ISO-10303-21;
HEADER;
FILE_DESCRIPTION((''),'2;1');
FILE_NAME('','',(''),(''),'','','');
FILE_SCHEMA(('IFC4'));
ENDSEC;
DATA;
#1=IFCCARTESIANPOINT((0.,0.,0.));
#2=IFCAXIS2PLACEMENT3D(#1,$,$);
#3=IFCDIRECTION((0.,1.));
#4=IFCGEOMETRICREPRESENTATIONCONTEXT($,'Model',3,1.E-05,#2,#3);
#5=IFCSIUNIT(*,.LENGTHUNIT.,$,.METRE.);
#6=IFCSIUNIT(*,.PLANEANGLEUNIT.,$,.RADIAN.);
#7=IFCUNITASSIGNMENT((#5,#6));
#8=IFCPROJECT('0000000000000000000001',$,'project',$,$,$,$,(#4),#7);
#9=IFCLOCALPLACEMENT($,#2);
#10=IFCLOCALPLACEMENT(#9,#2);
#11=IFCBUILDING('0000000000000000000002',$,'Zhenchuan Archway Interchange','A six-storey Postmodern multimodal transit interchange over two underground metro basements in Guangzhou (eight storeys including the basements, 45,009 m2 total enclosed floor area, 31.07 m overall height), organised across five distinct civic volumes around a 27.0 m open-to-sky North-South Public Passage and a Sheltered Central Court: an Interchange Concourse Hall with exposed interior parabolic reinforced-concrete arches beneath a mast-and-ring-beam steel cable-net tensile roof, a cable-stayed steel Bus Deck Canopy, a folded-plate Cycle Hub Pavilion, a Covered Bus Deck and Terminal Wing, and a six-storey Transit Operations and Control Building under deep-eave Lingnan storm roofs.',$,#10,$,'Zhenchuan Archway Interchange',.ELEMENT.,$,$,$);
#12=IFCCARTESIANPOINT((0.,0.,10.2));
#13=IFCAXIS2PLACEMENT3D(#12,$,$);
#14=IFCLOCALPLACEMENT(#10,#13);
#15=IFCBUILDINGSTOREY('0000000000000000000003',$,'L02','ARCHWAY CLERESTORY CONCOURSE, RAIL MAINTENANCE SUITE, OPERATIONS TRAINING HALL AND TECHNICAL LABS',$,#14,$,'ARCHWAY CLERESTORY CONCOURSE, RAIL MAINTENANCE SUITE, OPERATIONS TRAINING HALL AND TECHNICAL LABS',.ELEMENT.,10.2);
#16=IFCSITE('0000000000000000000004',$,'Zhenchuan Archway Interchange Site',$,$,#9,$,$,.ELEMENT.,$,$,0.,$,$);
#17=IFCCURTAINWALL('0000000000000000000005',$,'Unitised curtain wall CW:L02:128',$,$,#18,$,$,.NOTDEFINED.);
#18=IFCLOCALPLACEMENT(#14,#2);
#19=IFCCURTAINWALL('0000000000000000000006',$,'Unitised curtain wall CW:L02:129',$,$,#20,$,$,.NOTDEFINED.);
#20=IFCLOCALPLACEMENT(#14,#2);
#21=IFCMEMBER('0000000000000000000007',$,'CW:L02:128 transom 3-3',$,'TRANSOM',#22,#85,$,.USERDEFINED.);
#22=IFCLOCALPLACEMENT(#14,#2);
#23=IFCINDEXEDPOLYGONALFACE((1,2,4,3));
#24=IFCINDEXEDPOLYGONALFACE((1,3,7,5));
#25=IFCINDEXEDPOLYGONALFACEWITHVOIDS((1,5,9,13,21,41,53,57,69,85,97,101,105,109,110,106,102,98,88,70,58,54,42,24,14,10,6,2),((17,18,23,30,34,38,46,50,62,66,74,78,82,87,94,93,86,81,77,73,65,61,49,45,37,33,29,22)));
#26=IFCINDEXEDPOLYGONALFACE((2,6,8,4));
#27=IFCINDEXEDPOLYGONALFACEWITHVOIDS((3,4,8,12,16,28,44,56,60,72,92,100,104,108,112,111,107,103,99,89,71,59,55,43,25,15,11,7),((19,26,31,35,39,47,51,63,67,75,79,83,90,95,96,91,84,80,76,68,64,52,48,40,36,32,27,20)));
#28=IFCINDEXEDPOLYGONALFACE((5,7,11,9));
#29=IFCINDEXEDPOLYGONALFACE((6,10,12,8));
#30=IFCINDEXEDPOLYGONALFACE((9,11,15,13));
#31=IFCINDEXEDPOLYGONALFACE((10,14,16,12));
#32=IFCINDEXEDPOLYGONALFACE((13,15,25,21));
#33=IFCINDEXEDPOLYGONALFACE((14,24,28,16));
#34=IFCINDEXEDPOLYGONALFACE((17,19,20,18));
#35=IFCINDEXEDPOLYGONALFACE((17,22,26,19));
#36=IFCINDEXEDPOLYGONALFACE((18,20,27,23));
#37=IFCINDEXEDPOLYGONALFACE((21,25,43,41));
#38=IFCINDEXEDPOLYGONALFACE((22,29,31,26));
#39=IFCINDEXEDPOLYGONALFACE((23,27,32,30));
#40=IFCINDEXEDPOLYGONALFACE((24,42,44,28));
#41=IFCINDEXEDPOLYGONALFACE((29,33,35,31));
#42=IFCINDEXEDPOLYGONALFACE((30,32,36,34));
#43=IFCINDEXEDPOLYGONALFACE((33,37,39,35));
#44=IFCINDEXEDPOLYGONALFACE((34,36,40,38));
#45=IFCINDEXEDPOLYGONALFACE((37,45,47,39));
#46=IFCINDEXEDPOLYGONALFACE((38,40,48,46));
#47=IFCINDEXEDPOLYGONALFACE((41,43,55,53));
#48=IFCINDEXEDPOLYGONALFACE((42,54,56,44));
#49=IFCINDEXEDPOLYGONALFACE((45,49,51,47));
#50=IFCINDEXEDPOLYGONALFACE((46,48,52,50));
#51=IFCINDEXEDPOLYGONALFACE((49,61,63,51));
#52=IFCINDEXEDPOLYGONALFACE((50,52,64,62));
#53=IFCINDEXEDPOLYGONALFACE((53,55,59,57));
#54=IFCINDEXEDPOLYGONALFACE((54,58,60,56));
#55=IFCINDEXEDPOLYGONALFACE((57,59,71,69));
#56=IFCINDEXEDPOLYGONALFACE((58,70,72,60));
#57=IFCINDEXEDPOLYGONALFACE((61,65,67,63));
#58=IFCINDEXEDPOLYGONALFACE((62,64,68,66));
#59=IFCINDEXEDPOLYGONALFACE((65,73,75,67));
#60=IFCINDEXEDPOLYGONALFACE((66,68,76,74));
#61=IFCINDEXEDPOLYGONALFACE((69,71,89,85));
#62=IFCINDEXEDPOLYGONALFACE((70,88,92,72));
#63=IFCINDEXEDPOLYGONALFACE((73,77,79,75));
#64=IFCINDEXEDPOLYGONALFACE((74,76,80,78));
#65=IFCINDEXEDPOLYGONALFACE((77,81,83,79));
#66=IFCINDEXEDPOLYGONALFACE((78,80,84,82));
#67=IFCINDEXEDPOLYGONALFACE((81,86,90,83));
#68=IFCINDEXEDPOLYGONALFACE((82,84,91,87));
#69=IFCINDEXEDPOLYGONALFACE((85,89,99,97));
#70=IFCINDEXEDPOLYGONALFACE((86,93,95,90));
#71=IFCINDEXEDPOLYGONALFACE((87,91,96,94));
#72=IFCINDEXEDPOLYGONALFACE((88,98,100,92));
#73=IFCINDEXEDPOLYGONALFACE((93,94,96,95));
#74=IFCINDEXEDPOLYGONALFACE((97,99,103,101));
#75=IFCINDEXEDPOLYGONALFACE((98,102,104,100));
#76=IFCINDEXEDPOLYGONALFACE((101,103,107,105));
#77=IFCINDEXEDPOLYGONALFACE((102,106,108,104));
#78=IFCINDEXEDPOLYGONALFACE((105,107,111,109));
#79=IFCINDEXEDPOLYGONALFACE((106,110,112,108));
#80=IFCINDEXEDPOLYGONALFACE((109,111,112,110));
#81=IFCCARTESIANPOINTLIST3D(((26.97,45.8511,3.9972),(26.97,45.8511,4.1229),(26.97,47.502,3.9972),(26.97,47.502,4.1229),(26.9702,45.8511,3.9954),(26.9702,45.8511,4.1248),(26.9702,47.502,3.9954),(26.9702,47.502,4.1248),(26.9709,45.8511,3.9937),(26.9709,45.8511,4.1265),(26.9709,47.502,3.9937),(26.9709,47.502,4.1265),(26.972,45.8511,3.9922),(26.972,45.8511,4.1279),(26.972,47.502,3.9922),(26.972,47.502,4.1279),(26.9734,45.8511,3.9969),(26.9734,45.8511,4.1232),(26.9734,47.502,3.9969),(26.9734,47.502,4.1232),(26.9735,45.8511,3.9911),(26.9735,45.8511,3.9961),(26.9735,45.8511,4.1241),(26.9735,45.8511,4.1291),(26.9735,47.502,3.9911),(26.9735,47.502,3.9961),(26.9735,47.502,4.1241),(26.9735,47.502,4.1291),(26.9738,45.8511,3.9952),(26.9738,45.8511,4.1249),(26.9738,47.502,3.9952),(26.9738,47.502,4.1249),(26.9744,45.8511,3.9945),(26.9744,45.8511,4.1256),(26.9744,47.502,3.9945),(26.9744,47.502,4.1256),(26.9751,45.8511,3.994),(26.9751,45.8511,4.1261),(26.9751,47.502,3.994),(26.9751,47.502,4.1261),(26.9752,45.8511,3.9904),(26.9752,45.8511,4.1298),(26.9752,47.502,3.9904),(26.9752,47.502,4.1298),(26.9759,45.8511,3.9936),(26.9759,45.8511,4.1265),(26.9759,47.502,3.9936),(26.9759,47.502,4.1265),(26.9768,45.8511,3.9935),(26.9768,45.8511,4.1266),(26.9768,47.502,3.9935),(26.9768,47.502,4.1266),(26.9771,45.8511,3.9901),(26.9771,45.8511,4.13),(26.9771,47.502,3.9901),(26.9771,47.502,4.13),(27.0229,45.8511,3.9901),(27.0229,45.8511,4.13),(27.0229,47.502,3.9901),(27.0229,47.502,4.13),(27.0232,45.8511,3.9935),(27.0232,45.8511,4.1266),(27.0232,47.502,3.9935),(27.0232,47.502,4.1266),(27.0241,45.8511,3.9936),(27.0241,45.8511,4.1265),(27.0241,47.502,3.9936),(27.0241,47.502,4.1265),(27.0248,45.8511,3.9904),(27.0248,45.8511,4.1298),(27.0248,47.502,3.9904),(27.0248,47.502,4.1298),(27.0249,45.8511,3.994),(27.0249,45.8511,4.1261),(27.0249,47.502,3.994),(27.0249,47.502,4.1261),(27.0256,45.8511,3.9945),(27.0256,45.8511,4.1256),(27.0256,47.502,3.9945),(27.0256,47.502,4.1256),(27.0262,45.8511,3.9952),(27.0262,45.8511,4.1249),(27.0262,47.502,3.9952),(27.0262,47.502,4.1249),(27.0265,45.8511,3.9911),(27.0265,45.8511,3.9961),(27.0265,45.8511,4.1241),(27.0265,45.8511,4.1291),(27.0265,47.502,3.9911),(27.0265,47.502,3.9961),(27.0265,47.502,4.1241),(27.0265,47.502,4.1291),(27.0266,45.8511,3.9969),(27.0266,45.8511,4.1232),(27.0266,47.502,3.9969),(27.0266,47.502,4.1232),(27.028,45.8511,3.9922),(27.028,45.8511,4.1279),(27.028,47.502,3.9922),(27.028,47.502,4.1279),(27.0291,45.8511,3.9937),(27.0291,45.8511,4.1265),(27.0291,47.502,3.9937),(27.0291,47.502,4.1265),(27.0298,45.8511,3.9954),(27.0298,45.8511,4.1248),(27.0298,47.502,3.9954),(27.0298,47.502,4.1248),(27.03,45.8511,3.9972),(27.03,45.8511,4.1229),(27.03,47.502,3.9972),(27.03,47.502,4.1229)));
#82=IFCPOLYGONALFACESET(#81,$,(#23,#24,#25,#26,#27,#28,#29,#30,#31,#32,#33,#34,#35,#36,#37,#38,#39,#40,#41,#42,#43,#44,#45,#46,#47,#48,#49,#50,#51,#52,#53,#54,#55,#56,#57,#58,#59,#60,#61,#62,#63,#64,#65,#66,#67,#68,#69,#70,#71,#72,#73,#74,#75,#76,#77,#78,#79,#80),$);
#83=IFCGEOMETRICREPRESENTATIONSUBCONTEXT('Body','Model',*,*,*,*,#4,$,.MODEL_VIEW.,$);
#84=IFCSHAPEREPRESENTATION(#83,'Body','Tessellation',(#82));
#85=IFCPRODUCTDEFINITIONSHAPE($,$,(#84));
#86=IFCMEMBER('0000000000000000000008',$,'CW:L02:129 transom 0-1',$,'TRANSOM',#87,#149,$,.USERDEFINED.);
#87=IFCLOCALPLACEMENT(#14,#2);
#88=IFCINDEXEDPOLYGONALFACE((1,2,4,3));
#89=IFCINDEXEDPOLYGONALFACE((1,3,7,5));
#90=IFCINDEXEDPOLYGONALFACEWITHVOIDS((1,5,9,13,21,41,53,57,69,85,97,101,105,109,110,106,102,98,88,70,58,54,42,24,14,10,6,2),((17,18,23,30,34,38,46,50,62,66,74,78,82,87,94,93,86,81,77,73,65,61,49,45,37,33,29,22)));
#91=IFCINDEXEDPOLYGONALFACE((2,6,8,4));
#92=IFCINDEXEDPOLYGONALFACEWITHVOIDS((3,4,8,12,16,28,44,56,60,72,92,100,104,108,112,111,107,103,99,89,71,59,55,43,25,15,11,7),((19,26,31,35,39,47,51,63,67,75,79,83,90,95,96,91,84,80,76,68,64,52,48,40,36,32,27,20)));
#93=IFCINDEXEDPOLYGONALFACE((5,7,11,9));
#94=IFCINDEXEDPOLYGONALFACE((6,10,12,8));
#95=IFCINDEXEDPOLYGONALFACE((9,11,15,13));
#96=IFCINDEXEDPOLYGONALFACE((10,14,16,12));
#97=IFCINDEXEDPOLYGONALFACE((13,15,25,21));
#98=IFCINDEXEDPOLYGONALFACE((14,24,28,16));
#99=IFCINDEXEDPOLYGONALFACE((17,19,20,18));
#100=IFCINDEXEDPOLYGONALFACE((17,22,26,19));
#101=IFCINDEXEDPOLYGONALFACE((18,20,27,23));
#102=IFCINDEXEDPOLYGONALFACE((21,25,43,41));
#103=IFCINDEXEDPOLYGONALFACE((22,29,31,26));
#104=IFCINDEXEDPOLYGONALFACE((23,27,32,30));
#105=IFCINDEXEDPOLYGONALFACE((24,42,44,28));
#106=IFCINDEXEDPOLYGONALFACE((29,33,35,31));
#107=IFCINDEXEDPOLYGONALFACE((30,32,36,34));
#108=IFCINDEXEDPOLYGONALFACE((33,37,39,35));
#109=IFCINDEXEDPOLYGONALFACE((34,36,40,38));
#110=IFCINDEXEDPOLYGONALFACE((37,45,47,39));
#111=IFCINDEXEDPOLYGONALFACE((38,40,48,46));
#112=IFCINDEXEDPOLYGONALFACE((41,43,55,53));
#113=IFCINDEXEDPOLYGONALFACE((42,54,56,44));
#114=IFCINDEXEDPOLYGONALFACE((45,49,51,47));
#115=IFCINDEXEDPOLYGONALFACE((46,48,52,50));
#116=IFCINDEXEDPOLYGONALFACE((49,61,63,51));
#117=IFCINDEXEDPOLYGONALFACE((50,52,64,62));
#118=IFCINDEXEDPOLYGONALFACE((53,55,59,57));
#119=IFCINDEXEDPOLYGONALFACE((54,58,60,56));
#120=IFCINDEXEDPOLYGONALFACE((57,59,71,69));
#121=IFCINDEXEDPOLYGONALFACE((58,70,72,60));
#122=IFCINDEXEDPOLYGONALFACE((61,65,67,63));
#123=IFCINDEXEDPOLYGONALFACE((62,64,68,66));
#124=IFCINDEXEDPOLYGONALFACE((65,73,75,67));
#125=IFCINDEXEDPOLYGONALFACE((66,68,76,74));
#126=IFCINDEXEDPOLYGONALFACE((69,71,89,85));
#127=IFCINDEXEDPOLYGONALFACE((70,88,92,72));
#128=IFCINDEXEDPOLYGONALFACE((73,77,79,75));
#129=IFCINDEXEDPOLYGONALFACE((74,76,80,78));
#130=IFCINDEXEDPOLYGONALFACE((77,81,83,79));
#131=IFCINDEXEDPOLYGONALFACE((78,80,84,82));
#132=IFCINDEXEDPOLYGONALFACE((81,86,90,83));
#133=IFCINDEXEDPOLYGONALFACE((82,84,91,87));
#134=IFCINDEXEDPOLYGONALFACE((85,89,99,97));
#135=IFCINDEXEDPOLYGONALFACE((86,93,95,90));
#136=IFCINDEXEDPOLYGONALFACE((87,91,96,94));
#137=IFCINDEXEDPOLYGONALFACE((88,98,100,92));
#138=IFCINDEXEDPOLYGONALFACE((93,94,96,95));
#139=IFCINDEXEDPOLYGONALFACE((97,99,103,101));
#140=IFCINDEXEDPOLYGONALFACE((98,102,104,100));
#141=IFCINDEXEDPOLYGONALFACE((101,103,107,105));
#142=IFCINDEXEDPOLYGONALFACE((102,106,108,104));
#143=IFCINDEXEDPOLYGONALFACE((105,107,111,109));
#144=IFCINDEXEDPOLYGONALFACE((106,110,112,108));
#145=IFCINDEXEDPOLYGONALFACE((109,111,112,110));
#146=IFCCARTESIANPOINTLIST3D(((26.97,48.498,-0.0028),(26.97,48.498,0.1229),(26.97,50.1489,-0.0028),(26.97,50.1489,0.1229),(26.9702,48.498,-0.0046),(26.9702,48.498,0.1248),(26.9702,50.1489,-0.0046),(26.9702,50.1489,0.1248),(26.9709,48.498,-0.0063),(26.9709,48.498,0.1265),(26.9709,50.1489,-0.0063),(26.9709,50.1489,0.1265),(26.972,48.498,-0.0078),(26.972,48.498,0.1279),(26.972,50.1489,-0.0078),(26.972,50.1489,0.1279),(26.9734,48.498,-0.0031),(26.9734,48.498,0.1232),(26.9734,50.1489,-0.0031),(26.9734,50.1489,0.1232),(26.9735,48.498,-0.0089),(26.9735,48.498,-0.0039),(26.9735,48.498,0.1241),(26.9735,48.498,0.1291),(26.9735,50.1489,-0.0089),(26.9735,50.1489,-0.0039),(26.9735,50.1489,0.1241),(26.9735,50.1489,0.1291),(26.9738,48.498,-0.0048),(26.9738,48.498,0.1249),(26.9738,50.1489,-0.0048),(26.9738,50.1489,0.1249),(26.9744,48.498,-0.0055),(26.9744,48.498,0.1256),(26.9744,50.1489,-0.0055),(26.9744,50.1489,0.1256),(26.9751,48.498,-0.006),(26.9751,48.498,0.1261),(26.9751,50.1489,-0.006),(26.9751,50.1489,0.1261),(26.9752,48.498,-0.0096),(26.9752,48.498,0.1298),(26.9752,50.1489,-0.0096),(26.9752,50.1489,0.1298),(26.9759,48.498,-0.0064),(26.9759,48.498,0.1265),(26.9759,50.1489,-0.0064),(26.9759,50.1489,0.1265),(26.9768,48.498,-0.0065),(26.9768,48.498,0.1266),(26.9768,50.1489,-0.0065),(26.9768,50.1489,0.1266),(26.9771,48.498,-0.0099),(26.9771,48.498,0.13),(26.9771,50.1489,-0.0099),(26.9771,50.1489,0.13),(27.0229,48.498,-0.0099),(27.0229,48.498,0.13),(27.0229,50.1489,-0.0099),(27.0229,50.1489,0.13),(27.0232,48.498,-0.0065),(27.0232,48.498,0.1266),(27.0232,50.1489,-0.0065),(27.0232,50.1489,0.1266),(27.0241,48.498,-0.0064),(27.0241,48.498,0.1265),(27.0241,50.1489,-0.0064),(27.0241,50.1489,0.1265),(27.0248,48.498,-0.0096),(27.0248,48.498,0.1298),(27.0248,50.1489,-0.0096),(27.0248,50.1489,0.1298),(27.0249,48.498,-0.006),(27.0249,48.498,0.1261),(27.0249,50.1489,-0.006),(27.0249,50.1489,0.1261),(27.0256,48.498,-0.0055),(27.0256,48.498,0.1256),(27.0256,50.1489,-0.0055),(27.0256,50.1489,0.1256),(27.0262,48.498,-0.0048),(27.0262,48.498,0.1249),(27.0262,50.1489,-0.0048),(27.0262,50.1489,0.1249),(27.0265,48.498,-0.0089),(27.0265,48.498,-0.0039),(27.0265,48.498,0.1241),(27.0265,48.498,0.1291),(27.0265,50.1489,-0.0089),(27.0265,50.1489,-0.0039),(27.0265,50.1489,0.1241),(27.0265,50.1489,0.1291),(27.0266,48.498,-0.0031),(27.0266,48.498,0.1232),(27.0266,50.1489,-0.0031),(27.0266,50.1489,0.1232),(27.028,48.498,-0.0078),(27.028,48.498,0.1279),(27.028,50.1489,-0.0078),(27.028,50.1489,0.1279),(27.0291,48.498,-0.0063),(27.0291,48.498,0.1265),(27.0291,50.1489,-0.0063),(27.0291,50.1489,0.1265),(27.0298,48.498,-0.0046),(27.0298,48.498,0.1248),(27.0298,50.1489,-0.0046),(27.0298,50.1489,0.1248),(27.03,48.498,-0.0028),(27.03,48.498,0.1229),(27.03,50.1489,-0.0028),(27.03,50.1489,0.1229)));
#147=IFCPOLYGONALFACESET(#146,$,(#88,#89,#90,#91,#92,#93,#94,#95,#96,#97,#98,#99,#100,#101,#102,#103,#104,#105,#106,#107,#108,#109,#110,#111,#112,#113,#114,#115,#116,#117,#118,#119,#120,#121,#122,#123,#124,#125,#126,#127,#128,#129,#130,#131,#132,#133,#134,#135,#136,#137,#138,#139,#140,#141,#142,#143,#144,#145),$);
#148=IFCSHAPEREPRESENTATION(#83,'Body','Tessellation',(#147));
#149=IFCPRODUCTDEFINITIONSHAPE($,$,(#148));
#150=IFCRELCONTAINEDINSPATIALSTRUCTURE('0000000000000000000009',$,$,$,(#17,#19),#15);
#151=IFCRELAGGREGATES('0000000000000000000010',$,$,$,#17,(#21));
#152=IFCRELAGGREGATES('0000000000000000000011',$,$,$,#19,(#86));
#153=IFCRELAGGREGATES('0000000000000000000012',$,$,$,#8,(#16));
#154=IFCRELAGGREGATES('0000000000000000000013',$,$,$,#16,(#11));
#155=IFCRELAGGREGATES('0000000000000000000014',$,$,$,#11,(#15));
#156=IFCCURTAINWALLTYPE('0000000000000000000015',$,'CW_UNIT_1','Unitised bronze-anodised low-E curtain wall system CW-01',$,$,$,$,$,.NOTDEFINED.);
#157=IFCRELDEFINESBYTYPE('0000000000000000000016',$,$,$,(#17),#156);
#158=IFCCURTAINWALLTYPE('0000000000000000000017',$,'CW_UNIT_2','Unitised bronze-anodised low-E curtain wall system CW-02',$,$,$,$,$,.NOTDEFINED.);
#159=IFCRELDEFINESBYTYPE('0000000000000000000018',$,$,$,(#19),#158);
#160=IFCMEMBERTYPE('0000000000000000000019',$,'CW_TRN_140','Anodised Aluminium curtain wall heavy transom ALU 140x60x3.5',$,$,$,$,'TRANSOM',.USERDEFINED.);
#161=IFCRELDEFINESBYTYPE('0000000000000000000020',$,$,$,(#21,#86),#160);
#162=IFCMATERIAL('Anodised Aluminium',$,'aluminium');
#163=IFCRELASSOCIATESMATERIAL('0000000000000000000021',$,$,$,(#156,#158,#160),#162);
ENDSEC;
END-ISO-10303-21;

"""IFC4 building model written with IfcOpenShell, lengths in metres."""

from ifc_helpers import new_model, si_unit, direction, frame, origin, origin_2d, place, context, subcontext, project, spatial, hollow_rectangle, extrude, material, material_profile, profile_set, type_object, element, aggregate, save


model = new_model("IFC4")

# Units and contexts
model_context = context("Model", 3, precision=1e-05, world=origin(), true_north=direction((0.0, 1.0)))
body_context = subcontext(model_context, "Body", "Model", "MODEL_VIEW")
ifc_project = project(units=[si_unit("LENGTHUNIT", "METRE"), si_unit("PLANEANGLEUNIT", "RADIAN")], contexts=[model_context])

# Site, building, storey
site_placement = place(None, origin())
site = spatial("IfcSite", under=ifc_project, at=site_placement, Name="Zhenchuan Archway Interchange Site", CompositionType="ELEMENT", RefElevation=0.0)
building_placement = place(site_placement, origin())
building = spatial("IfcBuilding", under=site, at=building_placement, Name="Zhenchuan Archway Interchange", Description="A six-storey Postmodern multimodal transit interchange over two underground metro basements in Guangzhou (eight storeys including the basements, 45,009 m2 total enclosed floor area, 31.07 m overall height), organised across five distinct civic volumes around a 27.0 m open-to-sky North-South Public Passage and a Sheltered Central Court: an Interchange Concourse Hall with exposed interior parabolic reinforced-concrete arches beneath a mast-and-ring-beam steel cable-net tensile roof, a cable-stayed steel Bus Deck Canopy, a folded-plate Cycle Hub Pavilion, a Covered Bus Deck and Terminal Wing, and a six-storey Transit Operations and Control Building under deep-eave Lingnan storm roofs.", LongName="Zhenchuan Archway Interchange", CompositionType="ELEMENT")
storey_placement = place(building_placement, frame((0.0, 0.0, 10.2)))
storey = spatial("IfcBuildingStorey", under=building, at=storey_placement, Name="L02", Description="ARCHWAY CLERESTORY CONCOURSE, RAIL MAINTENANCE SUITE, OPERATIONS TRAINING HALL AND TECHNICAL LABS", LongName="ARCHWAY CLERESTORY CONCOURSE, RAIL MAINTENANCE SUITE, OPERATIONS TRAINING HALL AND TECHNICAL LABS", CompositionType="ELEMENT", Elevation=10.2)

# Curtain wall
ifc_material_1 = material(Name="Anodised Aluminium", Category="aluminium")
curtain_wall_type_1 = type_object("IfcCurtainWallType", Name="CW_UNIT_1", Description="Unitised bronze-anodised low-E curtain wall system CW-01", PredefinedType="NOTDEFINED", material=ifc_material_1)
curtain_wall_1_placement = place(storey_placement, origin())
curtain_wall_1 = element("IfcCurtainWall", 1, at=curtain_wall_1_placement, inside=storey, type_object=curtain_wall_type_1, Name="Unitised curtain wall CW:L02:128", PredefinedType="NOTDEFINED")

# Curtain wall
curtain_wall_type_2 = type_object("IfcCurtainWallType", Name="CW_UNIT_2", Description="Unitised bronze-anodised low-E curtain wall system CW-02", PredefinedType="NOTDEFINED", material=ifc_material_1)
curtain_wall_2_placement = place(storey_placement, origin())
curtain_wall_2 = element("IfcCurtainWall", 2, at=curtain_wall_2_placement, inside=storey, type_object=curtain_wall_type_2, Name="Unitised curtain wall CW:L02:129", PredefinedType="NOTDEFINED")

# Members
ifc_material_profile_1 = material_profile(ifc_material_1, hollow_rectangle(XDim=0.0601, YDim=0.1399, WallThickness=0.0034, InnerFilletRadius=0.0034, OuterFilletRadius=0.0071, at=origin_2d()), Name="ALU 140x60x3.5")
ifc_profile_set_1 = profile_set([ifc_material_profile_1], Name="Anodised Aluminium")
member_type_1 = type_object("IfcMemberType", Name="CW_TRN_140", Description="Anodised Aluminium curtain wall heavy transom ALU 140x60x3.5", ElementType="TRANSOM", PredefinedType="USERDEFINED", material=ifc_profile_set_1)
member_1_placement = place(storey_placement, frame((27.0, 45.8511, 4.0601), z_axis=(0.0, 1.0, 0.0), x_axis=(-1.0, 0.0, 0.0)))
member_1 = element("IfcMember", 3, at=member_1_placement, type_object=member_type_1, Name="CW:L02:128 transom 3-3", ObjectType="TRANSOM", PredefinedType="USERDEFINED", context=body_context, shape_type="SweptSolid", body=[
    extrude(hollow_rectangle(XDim=0.0601, YDim=0.1399, WallThickness=0.0034, InnerFilletRadius=0.0034, OuterFilletRadius=0.0071, at=origin_2d()), origin(), (0.0, 0.0, 1.0), 1.6509),
])
member_2_placement = place(storey_placement, frame((27.0, 48.498, 0.0601), z_axis=(0.0, 1.0, 0.0), x_axis=(-1.0, 0.0, 0.0)))
member_2 = element("IfcMember", 4, at=member_2_placement, type_object=member_type_1, Name="CW:L02:129 transom 0-1", ObjectType="TRANSOM", PredefinedType="USERDEFINED", context=body_context, shape_type="SweptSolid", body=[
    extrude(hollow_rectangle(XDim=0.0601, YDim=0.1399, WallThickness=0.0034, InnerFilletRadius=0.0034, OuterFilletRadius=0.0071, at=origin_2d()), origin(), (0.0, 0.0, 1.0), 1.6509),
])

aggregate(curtain_wall_1, [member_1])
aggregate(curtain_wall_2, [member_2])

save(model, "model.ifc")
